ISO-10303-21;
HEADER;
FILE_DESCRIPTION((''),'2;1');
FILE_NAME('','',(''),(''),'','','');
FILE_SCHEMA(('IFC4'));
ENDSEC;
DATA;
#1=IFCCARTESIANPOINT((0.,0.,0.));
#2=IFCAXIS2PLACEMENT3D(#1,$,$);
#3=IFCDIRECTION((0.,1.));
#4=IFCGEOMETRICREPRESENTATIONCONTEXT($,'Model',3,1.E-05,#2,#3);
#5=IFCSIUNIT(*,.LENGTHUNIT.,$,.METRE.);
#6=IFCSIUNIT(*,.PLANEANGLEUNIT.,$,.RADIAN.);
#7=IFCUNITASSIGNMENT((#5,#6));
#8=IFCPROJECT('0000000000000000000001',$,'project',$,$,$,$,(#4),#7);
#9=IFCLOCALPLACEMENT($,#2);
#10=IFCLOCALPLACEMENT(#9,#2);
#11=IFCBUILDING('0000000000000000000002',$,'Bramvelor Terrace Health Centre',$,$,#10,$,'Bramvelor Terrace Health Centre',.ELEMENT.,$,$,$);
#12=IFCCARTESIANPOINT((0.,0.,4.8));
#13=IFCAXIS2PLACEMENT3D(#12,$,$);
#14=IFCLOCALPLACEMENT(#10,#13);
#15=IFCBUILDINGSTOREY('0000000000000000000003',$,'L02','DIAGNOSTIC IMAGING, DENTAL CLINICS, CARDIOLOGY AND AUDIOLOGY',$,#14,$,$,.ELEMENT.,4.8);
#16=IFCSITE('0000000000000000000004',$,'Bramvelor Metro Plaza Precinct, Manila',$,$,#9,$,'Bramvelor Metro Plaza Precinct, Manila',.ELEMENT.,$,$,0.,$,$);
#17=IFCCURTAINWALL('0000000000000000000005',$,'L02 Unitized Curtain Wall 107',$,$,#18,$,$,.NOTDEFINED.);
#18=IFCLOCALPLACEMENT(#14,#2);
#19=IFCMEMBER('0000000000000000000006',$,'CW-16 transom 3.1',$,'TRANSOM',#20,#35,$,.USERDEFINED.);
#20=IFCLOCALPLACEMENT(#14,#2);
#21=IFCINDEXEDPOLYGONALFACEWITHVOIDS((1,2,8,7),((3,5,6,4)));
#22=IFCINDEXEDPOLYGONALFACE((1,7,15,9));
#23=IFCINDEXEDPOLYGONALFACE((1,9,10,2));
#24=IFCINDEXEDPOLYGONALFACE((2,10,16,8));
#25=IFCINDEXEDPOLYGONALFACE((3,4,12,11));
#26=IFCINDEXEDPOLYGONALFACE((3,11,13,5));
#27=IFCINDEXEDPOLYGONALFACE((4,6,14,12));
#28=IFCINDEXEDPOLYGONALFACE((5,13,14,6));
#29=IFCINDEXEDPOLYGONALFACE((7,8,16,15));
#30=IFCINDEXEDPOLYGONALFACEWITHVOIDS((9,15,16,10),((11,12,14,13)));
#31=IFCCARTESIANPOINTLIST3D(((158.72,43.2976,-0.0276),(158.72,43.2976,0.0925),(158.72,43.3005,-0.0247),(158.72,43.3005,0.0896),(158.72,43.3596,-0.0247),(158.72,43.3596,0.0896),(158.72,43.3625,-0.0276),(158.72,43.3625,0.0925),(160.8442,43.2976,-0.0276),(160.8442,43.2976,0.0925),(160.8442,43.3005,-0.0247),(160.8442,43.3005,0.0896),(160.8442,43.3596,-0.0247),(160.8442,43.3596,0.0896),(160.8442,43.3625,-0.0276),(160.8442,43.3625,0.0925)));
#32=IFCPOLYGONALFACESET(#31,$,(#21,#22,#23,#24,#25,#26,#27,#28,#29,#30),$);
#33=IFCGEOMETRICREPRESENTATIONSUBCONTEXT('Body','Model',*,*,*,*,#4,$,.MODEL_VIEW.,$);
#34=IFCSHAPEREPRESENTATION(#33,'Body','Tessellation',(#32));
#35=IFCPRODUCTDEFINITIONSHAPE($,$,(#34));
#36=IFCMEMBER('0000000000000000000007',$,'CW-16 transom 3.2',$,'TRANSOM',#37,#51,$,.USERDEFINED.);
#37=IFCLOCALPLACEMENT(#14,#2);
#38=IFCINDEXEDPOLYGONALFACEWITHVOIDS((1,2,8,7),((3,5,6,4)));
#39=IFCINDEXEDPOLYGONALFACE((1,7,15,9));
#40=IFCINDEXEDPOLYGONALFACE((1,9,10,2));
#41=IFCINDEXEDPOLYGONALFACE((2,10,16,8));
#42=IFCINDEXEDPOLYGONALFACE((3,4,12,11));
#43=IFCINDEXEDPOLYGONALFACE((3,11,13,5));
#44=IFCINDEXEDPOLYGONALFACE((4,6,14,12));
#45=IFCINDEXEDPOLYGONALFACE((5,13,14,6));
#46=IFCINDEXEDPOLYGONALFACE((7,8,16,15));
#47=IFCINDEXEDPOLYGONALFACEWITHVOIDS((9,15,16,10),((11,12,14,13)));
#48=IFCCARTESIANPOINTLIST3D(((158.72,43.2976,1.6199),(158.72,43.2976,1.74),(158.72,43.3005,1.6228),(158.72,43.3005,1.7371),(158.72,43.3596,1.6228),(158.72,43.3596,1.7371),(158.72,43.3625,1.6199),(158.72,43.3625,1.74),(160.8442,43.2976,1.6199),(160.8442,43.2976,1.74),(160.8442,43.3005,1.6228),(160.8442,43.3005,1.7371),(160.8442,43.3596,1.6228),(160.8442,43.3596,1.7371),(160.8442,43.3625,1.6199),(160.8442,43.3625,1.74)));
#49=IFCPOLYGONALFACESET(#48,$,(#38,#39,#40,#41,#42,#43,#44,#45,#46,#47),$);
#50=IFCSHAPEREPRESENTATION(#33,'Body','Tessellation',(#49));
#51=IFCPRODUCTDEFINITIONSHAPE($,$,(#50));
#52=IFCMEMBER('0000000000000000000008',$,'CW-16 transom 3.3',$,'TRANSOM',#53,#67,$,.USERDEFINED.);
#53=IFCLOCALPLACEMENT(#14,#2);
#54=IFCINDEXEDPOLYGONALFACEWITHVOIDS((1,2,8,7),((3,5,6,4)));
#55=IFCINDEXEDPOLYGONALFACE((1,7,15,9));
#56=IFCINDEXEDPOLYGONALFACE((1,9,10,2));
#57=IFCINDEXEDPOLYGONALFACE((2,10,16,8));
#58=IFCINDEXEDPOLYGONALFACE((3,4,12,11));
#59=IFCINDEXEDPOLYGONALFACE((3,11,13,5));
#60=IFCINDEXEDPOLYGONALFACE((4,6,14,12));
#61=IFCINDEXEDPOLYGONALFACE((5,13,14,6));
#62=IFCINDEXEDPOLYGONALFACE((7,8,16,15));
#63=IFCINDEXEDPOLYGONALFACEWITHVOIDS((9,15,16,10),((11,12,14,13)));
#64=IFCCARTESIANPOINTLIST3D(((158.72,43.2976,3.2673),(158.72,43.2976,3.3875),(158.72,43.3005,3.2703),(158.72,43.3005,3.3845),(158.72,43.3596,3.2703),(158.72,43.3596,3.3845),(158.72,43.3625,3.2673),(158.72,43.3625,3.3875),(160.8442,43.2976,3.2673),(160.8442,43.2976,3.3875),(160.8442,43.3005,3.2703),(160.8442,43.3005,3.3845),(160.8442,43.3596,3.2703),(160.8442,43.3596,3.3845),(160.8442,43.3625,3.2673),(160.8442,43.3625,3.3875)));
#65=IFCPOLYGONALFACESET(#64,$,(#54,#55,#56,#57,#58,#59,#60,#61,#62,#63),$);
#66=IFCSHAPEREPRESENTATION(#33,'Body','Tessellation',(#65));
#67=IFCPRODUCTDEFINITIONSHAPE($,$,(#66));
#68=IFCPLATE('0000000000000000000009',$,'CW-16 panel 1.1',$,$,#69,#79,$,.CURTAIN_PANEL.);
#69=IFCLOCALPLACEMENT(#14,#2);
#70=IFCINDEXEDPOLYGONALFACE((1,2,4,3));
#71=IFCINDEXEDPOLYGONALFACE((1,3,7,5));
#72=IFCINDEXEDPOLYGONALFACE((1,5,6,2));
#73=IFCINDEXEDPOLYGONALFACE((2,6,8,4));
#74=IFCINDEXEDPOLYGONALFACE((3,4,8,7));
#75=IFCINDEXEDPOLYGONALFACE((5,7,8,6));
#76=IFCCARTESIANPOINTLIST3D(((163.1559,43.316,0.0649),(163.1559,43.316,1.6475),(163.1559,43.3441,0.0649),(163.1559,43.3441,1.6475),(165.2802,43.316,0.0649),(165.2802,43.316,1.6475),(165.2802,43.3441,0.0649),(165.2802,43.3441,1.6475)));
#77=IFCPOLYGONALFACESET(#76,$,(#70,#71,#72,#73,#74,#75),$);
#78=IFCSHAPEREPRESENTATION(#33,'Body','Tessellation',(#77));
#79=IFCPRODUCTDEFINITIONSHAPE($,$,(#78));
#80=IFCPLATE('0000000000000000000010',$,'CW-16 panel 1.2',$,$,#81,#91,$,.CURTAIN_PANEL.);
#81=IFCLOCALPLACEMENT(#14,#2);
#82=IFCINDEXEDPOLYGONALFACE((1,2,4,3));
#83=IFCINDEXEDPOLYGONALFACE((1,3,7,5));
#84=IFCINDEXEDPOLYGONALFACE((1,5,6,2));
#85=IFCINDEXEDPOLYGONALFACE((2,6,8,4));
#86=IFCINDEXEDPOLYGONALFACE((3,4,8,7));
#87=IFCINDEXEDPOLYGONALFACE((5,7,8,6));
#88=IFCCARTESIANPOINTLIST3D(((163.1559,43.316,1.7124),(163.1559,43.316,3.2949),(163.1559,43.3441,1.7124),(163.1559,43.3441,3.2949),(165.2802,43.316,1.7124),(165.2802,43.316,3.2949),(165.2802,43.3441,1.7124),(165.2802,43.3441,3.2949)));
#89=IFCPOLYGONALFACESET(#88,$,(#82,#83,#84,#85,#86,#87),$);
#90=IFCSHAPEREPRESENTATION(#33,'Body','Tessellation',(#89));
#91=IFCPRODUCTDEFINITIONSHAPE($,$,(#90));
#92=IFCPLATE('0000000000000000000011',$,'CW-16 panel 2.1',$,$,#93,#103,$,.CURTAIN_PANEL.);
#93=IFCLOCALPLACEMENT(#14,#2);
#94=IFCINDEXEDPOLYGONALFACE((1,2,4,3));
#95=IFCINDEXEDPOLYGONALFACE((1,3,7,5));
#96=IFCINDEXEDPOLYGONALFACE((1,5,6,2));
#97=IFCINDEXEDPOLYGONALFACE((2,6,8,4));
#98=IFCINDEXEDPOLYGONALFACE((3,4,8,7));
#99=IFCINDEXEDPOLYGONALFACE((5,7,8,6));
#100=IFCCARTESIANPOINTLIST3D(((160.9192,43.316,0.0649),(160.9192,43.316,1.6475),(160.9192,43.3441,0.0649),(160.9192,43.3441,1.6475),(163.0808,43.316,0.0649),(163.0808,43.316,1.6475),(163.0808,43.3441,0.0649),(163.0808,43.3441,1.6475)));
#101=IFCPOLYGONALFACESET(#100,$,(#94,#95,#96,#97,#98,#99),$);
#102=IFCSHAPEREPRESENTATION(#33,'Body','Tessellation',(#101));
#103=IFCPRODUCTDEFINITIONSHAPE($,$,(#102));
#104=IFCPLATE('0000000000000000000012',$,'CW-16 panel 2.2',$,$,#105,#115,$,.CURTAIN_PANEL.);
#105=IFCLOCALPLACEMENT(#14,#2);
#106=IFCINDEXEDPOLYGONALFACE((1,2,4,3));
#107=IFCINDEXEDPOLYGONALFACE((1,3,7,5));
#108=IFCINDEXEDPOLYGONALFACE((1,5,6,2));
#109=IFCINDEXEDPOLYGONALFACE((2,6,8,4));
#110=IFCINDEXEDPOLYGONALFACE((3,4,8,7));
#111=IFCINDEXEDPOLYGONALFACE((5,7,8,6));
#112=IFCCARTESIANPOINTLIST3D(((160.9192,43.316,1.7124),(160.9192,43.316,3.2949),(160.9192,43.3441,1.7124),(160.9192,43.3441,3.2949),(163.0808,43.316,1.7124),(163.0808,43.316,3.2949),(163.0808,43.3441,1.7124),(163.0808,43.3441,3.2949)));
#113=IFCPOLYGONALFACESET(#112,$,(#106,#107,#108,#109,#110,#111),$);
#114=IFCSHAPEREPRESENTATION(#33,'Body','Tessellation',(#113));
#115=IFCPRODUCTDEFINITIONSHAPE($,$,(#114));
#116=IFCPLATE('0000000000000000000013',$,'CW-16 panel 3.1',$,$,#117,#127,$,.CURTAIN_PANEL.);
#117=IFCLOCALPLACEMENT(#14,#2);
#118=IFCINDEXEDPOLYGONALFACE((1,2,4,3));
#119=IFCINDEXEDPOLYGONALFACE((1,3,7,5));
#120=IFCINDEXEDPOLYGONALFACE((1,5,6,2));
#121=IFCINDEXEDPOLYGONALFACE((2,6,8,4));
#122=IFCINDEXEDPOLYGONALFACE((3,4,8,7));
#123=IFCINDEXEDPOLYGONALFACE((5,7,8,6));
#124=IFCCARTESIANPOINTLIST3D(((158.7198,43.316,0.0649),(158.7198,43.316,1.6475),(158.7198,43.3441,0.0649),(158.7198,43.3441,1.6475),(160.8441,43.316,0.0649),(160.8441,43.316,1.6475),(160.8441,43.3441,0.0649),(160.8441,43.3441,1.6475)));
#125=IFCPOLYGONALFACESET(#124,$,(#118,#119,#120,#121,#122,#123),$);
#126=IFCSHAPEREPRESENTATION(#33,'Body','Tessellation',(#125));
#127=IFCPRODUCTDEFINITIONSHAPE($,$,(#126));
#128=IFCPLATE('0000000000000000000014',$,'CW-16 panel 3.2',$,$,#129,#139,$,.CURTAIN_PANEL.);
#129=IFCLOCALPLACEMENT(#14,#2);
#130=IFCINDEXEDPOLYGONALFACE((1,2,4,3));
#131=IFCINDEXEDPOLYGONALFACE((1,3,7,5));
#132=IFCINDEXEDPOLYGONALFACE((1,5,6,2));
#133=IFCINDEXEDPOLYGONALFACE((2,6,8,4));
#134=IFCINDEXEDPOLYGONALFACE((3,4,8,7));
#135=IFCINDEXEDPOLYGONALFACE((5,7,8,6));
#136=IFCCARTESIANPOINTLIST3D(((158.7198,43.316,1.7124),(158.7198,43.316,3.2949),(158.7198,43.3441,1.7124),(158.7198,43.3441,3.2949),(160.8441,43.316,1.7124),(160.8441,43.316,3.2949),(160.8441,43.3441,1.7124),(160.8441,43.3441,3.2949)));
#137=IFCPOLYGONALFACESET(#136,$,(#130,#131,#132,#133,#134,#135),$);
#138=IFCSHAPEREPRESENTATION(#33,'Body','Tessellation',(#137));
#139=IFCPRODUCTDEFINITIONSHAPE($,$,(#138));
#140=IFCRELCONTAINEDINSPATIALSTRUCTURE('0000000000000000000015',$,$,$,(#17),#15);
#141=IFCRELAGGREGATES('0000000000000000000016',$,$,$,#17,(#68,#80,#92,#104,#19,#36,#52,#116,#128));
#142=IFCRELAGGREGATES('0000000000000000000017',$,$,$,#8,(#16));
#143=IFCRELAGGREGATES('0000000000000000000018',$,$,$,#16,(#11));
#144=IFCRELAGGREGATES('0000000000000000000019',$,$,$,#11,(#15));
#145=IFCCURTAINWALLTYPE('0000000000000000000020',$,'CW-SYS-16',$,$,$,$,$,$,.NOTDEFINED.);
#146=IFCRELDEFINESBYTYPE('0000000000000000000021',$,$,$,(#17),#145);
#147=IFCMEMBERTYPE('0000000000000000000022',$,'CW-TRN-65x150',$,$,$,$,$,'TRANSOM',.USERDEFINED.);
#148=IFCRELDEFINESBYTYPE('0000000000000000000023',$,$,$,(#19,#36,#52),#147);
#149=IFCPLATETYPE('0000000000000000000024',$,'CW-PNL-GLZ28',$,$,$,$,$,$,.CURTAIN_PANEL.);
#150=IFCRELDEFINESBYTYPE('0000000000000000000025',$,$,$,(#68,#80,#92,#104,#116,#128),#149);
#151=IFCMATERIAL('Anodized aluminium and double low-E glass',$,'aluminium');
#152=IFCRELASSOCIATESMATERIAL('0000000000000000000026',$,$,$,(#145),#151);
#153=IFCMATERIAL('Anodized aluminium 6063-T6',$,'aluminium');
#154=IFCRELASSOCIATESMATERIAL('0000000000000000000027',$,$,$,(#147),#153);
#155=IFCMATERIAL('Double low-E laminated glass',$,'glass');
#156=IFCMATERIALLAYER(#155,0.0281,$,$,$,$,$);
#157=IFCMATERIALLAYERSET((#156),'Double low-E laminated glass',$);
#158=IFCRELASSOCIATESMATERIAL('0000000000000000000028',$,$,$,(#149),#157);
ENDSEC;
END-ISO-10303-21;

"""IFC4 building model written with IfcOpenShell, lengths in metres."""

from ifc_helpers import new_model, si_unit, direction, frame, origin, origin_2d, place, context, subcontext, project, spatial, rectangle, hollow_rectangle, extrude, material, layer, layer_set, material_profile, profile_set, type_object, element, aggregate, save


model = new_model("IFC4")

# Units and contexts
model_context = context("Model", 3, precision=1e-05, world=origin(), true_north=direction((0.0, 1.0)))
body_context = subcontext(model_context, "Body", "Model", "MODEL_VIEW")
ifc_project = project(units=[si_unit("LENGTHUNIT", "METRE"), si_unit("PLANEANGLEUNIT", "RADIAN")], contexts=[model_context])

# Site, building, storey
site_placement = place(None, origin())
site = spatial("IfcSite", under=ifc_project, at=site_placement, Name="Bramvelor Metro Plaza Precinct, Manila", LongName="Bramvelor Metro Plaza Precinct, Manila", CompositionType="ELEMENT", RefElevation=0.0)
building_placement = place(site_placement, origin())
building = spatial("IfcBuilding", under=site, at=building_placement, Name="Bramvelor Terrace Health Centre", LongName="Bramvelor Terrace Health Centre", CompositionType="ELEMENT")
storey_placement = place(building_placement, frame((0.0, 0.0, 4.8)))
storey = spatial("IfcBuildingStorey", under=building, at=storey_placement, Name="L02", Description="DIAGNOSTIC IMAGING, DENTAL CLINICS, CARDIOLOGY AND AUDIOLOGY", CompositionType="ELEMENT", Elevation=4.8)

# Curtain wall, members, plates
ifc_material_1 = material(Name="Anodized aluminium and double low-E glass", Category="aluminium")
curtain_wall_type = type_object("IfcCurtainWallType", Name="CW-SYS-16", PredefinedType="NOTDEFINED", material=ifc_material_1)
curtain_wall_placement = place(storey_placement, origin())
curtain_wall = element("IfcCurtainWall", 1, at=curtain_wall_placement, inside=storey, type_object=curtain_wall_type, Name="L02 Unitized Curtain Wall 107", PredefinedType="NOTDEFINED")
ifc_material_2 = material(Name="Anodized aluminium 6063-T6", Category="aluminium")
ifc_material_profile_1 = material_profile(ifc_material_2, hollow_rectangle(XDim=0.0649, YDim=0.1201, WallThickness=0.0029, at=origin_2d()), Name="ALU-TRN 65x120x3.0")
ifc_profile_set_1 = profile_set([ifc_material_profile_1], Name="Anodized aluminium 6063-T6")
member_type_1 = type_object("IfcMemberType", Name="CW-TRN-65x150", ElementType="TRANSOM", PredefinedType="USERDEFINED", material=ifc_profile_set_1)
member_1_placement = place(storey_placement, frame((160.8442, 43.3301, 0.0325), z_axis=(-1.0, 0.0, 0.0), x_axis=(0.0, -1.0, 0.0)))
member_1 = element("IfcMember", 2, at=member_1_placement, type_object=member_type_1, Name="CW-16 transom 3.1", ObjectType="TRANSOM", PredefinedType="USERDEFINED", context=body_context, shape_type="SweptSolid", body=[
    extrude(hollow_rectangle(XDim=0.0649, YDim=0.1201, WallThickness=0.0029, at=origin_2d()), origin(), (0.0, 0.0, 1.0), 2.1243),
])
member_2_placement = place(storey_placement, frame((160.8442, 43.3301, 1.6799), z_axis=(-1.0, 0.0, 0.0), x_axis=(0.0, -1.0, 0.0)))
member_2 = element("IfcMember", 3, at=member_2_placement, type_object=member_type_1, Name="CW-16 transom 3.2", ObjectType="TRANSOM", PredefinedType="USERDEFINED", context=body_context, shape_type="SweptSolid", body=[
    extrude(hollow_rectangle(XDim=0.0649, YDim=0.1201, WallThickness=0.0029, at=origin_2d()), origin(), (0.0, 0.0, 1.0), 2.1243),
])
member_3_placement = place(storey_placement, frame((160.8442, 43.3301, 3.3274), z_axis=(-1.0, 0.0, 0.0), x_axis=(0.0, -1.0, 0.0)))
member_3 = element("IfcMember", 4, at=member_3_placement, type_object=member_type_1, Name="CW-16 transom 3.3", ObjectType="TRANSOM", PredefinedType="USERDEFINED", context=body_context, shape_type="SweptSolid", body=[
    extrude(hollow_rectangle(XDim=0.0649, YDim=0.1201, WallThickness=0.0029, at=origin_2d()), origin(), (0.0, 0.0, 1.0), 2.1243),
])
ifc_material_3 = material(Name="Double low-E laminated glass", Category="glass")
ifc_layer = layer(ifc_material_3, 0.0281)
ifc_layer_set = layer_set([ifc_layer], Name="Double low-E laminated glass")
plate_type = type_object("IfcPlateType", Name="CW-PNL-GLZ28", PredefinedType="CURTAIN_PANEL", material=ifc_layer_set)
plate_1_placement = place(storey_placement, frame((164.218, 43.3301, 0.0649), z_axis=(0.0, 0.0, 1.0), x_axis=(-1.0, 0.0, 0.0)))
plate_1 = element("IfcPlate", 5, at=plate_1_placement, type_object=plate_type, Name="CW-16 panel 1.1", PredefinedType="CURTAIN_PANEL", context=body_context, shape_type="SweptSolid", body=[
    extrude(rectangle(XDim=2.1243, YDim=0.0281, at=origin_2d()), origin(), (0.0, 0.0, 1.0), 1.5825),
])
plate_2_placement = place(storey_placement, frame((164.218, 43.3301, 1.7124), z_axis=(0.0, 0.0, 1.0), x_axis=(-1.0, 0.0, 0.0)))
plate_2 = element("IfcPlate", 6, at=plate_2_placement, type_object=plate_type, Name="CW-16 panel 1.2", PredefinedType="CURTAIN_PANEL", context=body_context, shape_type="SweptSolid", body=[
    extrude(rectangle(XDim=2.1243, YDim=0.0281, at=origin_2d()), origin(), (0.0, 0.0, 1.0), 1.5825),
])
plate_3_placement = place(storey_placement, frame((162.0, 43.3301, 0.0649), z_axis=(0.0, 0.0, 1.0), x_axis=(-1.0, 0.0, 0.0)))
plate_3 = element("IfcPlate", 7, at=plate_3_placement, type_object=plate_type, Name="CW-16 panel 2.1", PredefinedType="CURTAIN_PANEL", context=body_context, shape_type="SweptSolid", body=[
    extrude(rectangle(XDim=2.1616, YDim=0.0281, at=origin_2d()), origin(), (0.0, 0.0, 1.0), 1.5825),
])
plate_4_placement = place(storey_placement, frame((162.0, 43.3301, 1.7124), z_axis=(0.0, 0.0, 1.0), x_axis=(-1.0, 0.0, 0.0)))
plate_4 = element("IfcPlate", 8, at=plate_4_placement, type_object=plate_type, Name="CW-16 panel 2.2", PredefinedType="CURTAIN_PANEL", context=body_context, shape_type="SweptSolid", body=[
    extrude(rectangle(XDim=2.1616, YDim=0.0281, at=origin_2d()), origin(), (0.0, 0.0, 1.0), 1.5825),
])
plate_5_placement = place(storey_placement, frame((159.782, 43.3301, 0.0649), z_axis=(0.0, 0.0, 1.0), x_axis=(-1.0, 0.0, 0.0)))
plate_5 = element("IfcPlate", 9, at=plate_5_placement, type_object=plate_type, Name="CW-16 panel 3.1", PredefinedType="CURTAIN_PANEL", context=body_context, shape_type="SweptSolid", body=[
    extrude(rectangle(XDim=2.1243, YDim=0.0281, at=origin_2d()), origin(), (0.0, 0.0, 1.0), 1.5825),
])
plate_6_placement = place(storey_placement, frame((159.782, 43.3301, 1.7124), z_axis=(0.0, 0.0, 1.0), x_axis=(-1.0, 0.0, 0.0)))
plate_6 = element("IfcPlate", 10, at=plate_6_placement, type_object=plate_type, Name="CW-16 panel 3.2", PredefinedType="CURTAIN_PANEL", context=body_context, shape_type="SweptSolid", body=[
    extrude(rectangle(XDim=2.1243, YDim=0.0281, at=origin_2d()), origin(), (0.0, 0.0, 1.0), 1.5825),
])
aggregate(curtain_wall, [plate_1, plate_2, plate_3, plate_4, member_1, member_2, member_3, plate_5, plate_6])

save(model, "model.ifc")
